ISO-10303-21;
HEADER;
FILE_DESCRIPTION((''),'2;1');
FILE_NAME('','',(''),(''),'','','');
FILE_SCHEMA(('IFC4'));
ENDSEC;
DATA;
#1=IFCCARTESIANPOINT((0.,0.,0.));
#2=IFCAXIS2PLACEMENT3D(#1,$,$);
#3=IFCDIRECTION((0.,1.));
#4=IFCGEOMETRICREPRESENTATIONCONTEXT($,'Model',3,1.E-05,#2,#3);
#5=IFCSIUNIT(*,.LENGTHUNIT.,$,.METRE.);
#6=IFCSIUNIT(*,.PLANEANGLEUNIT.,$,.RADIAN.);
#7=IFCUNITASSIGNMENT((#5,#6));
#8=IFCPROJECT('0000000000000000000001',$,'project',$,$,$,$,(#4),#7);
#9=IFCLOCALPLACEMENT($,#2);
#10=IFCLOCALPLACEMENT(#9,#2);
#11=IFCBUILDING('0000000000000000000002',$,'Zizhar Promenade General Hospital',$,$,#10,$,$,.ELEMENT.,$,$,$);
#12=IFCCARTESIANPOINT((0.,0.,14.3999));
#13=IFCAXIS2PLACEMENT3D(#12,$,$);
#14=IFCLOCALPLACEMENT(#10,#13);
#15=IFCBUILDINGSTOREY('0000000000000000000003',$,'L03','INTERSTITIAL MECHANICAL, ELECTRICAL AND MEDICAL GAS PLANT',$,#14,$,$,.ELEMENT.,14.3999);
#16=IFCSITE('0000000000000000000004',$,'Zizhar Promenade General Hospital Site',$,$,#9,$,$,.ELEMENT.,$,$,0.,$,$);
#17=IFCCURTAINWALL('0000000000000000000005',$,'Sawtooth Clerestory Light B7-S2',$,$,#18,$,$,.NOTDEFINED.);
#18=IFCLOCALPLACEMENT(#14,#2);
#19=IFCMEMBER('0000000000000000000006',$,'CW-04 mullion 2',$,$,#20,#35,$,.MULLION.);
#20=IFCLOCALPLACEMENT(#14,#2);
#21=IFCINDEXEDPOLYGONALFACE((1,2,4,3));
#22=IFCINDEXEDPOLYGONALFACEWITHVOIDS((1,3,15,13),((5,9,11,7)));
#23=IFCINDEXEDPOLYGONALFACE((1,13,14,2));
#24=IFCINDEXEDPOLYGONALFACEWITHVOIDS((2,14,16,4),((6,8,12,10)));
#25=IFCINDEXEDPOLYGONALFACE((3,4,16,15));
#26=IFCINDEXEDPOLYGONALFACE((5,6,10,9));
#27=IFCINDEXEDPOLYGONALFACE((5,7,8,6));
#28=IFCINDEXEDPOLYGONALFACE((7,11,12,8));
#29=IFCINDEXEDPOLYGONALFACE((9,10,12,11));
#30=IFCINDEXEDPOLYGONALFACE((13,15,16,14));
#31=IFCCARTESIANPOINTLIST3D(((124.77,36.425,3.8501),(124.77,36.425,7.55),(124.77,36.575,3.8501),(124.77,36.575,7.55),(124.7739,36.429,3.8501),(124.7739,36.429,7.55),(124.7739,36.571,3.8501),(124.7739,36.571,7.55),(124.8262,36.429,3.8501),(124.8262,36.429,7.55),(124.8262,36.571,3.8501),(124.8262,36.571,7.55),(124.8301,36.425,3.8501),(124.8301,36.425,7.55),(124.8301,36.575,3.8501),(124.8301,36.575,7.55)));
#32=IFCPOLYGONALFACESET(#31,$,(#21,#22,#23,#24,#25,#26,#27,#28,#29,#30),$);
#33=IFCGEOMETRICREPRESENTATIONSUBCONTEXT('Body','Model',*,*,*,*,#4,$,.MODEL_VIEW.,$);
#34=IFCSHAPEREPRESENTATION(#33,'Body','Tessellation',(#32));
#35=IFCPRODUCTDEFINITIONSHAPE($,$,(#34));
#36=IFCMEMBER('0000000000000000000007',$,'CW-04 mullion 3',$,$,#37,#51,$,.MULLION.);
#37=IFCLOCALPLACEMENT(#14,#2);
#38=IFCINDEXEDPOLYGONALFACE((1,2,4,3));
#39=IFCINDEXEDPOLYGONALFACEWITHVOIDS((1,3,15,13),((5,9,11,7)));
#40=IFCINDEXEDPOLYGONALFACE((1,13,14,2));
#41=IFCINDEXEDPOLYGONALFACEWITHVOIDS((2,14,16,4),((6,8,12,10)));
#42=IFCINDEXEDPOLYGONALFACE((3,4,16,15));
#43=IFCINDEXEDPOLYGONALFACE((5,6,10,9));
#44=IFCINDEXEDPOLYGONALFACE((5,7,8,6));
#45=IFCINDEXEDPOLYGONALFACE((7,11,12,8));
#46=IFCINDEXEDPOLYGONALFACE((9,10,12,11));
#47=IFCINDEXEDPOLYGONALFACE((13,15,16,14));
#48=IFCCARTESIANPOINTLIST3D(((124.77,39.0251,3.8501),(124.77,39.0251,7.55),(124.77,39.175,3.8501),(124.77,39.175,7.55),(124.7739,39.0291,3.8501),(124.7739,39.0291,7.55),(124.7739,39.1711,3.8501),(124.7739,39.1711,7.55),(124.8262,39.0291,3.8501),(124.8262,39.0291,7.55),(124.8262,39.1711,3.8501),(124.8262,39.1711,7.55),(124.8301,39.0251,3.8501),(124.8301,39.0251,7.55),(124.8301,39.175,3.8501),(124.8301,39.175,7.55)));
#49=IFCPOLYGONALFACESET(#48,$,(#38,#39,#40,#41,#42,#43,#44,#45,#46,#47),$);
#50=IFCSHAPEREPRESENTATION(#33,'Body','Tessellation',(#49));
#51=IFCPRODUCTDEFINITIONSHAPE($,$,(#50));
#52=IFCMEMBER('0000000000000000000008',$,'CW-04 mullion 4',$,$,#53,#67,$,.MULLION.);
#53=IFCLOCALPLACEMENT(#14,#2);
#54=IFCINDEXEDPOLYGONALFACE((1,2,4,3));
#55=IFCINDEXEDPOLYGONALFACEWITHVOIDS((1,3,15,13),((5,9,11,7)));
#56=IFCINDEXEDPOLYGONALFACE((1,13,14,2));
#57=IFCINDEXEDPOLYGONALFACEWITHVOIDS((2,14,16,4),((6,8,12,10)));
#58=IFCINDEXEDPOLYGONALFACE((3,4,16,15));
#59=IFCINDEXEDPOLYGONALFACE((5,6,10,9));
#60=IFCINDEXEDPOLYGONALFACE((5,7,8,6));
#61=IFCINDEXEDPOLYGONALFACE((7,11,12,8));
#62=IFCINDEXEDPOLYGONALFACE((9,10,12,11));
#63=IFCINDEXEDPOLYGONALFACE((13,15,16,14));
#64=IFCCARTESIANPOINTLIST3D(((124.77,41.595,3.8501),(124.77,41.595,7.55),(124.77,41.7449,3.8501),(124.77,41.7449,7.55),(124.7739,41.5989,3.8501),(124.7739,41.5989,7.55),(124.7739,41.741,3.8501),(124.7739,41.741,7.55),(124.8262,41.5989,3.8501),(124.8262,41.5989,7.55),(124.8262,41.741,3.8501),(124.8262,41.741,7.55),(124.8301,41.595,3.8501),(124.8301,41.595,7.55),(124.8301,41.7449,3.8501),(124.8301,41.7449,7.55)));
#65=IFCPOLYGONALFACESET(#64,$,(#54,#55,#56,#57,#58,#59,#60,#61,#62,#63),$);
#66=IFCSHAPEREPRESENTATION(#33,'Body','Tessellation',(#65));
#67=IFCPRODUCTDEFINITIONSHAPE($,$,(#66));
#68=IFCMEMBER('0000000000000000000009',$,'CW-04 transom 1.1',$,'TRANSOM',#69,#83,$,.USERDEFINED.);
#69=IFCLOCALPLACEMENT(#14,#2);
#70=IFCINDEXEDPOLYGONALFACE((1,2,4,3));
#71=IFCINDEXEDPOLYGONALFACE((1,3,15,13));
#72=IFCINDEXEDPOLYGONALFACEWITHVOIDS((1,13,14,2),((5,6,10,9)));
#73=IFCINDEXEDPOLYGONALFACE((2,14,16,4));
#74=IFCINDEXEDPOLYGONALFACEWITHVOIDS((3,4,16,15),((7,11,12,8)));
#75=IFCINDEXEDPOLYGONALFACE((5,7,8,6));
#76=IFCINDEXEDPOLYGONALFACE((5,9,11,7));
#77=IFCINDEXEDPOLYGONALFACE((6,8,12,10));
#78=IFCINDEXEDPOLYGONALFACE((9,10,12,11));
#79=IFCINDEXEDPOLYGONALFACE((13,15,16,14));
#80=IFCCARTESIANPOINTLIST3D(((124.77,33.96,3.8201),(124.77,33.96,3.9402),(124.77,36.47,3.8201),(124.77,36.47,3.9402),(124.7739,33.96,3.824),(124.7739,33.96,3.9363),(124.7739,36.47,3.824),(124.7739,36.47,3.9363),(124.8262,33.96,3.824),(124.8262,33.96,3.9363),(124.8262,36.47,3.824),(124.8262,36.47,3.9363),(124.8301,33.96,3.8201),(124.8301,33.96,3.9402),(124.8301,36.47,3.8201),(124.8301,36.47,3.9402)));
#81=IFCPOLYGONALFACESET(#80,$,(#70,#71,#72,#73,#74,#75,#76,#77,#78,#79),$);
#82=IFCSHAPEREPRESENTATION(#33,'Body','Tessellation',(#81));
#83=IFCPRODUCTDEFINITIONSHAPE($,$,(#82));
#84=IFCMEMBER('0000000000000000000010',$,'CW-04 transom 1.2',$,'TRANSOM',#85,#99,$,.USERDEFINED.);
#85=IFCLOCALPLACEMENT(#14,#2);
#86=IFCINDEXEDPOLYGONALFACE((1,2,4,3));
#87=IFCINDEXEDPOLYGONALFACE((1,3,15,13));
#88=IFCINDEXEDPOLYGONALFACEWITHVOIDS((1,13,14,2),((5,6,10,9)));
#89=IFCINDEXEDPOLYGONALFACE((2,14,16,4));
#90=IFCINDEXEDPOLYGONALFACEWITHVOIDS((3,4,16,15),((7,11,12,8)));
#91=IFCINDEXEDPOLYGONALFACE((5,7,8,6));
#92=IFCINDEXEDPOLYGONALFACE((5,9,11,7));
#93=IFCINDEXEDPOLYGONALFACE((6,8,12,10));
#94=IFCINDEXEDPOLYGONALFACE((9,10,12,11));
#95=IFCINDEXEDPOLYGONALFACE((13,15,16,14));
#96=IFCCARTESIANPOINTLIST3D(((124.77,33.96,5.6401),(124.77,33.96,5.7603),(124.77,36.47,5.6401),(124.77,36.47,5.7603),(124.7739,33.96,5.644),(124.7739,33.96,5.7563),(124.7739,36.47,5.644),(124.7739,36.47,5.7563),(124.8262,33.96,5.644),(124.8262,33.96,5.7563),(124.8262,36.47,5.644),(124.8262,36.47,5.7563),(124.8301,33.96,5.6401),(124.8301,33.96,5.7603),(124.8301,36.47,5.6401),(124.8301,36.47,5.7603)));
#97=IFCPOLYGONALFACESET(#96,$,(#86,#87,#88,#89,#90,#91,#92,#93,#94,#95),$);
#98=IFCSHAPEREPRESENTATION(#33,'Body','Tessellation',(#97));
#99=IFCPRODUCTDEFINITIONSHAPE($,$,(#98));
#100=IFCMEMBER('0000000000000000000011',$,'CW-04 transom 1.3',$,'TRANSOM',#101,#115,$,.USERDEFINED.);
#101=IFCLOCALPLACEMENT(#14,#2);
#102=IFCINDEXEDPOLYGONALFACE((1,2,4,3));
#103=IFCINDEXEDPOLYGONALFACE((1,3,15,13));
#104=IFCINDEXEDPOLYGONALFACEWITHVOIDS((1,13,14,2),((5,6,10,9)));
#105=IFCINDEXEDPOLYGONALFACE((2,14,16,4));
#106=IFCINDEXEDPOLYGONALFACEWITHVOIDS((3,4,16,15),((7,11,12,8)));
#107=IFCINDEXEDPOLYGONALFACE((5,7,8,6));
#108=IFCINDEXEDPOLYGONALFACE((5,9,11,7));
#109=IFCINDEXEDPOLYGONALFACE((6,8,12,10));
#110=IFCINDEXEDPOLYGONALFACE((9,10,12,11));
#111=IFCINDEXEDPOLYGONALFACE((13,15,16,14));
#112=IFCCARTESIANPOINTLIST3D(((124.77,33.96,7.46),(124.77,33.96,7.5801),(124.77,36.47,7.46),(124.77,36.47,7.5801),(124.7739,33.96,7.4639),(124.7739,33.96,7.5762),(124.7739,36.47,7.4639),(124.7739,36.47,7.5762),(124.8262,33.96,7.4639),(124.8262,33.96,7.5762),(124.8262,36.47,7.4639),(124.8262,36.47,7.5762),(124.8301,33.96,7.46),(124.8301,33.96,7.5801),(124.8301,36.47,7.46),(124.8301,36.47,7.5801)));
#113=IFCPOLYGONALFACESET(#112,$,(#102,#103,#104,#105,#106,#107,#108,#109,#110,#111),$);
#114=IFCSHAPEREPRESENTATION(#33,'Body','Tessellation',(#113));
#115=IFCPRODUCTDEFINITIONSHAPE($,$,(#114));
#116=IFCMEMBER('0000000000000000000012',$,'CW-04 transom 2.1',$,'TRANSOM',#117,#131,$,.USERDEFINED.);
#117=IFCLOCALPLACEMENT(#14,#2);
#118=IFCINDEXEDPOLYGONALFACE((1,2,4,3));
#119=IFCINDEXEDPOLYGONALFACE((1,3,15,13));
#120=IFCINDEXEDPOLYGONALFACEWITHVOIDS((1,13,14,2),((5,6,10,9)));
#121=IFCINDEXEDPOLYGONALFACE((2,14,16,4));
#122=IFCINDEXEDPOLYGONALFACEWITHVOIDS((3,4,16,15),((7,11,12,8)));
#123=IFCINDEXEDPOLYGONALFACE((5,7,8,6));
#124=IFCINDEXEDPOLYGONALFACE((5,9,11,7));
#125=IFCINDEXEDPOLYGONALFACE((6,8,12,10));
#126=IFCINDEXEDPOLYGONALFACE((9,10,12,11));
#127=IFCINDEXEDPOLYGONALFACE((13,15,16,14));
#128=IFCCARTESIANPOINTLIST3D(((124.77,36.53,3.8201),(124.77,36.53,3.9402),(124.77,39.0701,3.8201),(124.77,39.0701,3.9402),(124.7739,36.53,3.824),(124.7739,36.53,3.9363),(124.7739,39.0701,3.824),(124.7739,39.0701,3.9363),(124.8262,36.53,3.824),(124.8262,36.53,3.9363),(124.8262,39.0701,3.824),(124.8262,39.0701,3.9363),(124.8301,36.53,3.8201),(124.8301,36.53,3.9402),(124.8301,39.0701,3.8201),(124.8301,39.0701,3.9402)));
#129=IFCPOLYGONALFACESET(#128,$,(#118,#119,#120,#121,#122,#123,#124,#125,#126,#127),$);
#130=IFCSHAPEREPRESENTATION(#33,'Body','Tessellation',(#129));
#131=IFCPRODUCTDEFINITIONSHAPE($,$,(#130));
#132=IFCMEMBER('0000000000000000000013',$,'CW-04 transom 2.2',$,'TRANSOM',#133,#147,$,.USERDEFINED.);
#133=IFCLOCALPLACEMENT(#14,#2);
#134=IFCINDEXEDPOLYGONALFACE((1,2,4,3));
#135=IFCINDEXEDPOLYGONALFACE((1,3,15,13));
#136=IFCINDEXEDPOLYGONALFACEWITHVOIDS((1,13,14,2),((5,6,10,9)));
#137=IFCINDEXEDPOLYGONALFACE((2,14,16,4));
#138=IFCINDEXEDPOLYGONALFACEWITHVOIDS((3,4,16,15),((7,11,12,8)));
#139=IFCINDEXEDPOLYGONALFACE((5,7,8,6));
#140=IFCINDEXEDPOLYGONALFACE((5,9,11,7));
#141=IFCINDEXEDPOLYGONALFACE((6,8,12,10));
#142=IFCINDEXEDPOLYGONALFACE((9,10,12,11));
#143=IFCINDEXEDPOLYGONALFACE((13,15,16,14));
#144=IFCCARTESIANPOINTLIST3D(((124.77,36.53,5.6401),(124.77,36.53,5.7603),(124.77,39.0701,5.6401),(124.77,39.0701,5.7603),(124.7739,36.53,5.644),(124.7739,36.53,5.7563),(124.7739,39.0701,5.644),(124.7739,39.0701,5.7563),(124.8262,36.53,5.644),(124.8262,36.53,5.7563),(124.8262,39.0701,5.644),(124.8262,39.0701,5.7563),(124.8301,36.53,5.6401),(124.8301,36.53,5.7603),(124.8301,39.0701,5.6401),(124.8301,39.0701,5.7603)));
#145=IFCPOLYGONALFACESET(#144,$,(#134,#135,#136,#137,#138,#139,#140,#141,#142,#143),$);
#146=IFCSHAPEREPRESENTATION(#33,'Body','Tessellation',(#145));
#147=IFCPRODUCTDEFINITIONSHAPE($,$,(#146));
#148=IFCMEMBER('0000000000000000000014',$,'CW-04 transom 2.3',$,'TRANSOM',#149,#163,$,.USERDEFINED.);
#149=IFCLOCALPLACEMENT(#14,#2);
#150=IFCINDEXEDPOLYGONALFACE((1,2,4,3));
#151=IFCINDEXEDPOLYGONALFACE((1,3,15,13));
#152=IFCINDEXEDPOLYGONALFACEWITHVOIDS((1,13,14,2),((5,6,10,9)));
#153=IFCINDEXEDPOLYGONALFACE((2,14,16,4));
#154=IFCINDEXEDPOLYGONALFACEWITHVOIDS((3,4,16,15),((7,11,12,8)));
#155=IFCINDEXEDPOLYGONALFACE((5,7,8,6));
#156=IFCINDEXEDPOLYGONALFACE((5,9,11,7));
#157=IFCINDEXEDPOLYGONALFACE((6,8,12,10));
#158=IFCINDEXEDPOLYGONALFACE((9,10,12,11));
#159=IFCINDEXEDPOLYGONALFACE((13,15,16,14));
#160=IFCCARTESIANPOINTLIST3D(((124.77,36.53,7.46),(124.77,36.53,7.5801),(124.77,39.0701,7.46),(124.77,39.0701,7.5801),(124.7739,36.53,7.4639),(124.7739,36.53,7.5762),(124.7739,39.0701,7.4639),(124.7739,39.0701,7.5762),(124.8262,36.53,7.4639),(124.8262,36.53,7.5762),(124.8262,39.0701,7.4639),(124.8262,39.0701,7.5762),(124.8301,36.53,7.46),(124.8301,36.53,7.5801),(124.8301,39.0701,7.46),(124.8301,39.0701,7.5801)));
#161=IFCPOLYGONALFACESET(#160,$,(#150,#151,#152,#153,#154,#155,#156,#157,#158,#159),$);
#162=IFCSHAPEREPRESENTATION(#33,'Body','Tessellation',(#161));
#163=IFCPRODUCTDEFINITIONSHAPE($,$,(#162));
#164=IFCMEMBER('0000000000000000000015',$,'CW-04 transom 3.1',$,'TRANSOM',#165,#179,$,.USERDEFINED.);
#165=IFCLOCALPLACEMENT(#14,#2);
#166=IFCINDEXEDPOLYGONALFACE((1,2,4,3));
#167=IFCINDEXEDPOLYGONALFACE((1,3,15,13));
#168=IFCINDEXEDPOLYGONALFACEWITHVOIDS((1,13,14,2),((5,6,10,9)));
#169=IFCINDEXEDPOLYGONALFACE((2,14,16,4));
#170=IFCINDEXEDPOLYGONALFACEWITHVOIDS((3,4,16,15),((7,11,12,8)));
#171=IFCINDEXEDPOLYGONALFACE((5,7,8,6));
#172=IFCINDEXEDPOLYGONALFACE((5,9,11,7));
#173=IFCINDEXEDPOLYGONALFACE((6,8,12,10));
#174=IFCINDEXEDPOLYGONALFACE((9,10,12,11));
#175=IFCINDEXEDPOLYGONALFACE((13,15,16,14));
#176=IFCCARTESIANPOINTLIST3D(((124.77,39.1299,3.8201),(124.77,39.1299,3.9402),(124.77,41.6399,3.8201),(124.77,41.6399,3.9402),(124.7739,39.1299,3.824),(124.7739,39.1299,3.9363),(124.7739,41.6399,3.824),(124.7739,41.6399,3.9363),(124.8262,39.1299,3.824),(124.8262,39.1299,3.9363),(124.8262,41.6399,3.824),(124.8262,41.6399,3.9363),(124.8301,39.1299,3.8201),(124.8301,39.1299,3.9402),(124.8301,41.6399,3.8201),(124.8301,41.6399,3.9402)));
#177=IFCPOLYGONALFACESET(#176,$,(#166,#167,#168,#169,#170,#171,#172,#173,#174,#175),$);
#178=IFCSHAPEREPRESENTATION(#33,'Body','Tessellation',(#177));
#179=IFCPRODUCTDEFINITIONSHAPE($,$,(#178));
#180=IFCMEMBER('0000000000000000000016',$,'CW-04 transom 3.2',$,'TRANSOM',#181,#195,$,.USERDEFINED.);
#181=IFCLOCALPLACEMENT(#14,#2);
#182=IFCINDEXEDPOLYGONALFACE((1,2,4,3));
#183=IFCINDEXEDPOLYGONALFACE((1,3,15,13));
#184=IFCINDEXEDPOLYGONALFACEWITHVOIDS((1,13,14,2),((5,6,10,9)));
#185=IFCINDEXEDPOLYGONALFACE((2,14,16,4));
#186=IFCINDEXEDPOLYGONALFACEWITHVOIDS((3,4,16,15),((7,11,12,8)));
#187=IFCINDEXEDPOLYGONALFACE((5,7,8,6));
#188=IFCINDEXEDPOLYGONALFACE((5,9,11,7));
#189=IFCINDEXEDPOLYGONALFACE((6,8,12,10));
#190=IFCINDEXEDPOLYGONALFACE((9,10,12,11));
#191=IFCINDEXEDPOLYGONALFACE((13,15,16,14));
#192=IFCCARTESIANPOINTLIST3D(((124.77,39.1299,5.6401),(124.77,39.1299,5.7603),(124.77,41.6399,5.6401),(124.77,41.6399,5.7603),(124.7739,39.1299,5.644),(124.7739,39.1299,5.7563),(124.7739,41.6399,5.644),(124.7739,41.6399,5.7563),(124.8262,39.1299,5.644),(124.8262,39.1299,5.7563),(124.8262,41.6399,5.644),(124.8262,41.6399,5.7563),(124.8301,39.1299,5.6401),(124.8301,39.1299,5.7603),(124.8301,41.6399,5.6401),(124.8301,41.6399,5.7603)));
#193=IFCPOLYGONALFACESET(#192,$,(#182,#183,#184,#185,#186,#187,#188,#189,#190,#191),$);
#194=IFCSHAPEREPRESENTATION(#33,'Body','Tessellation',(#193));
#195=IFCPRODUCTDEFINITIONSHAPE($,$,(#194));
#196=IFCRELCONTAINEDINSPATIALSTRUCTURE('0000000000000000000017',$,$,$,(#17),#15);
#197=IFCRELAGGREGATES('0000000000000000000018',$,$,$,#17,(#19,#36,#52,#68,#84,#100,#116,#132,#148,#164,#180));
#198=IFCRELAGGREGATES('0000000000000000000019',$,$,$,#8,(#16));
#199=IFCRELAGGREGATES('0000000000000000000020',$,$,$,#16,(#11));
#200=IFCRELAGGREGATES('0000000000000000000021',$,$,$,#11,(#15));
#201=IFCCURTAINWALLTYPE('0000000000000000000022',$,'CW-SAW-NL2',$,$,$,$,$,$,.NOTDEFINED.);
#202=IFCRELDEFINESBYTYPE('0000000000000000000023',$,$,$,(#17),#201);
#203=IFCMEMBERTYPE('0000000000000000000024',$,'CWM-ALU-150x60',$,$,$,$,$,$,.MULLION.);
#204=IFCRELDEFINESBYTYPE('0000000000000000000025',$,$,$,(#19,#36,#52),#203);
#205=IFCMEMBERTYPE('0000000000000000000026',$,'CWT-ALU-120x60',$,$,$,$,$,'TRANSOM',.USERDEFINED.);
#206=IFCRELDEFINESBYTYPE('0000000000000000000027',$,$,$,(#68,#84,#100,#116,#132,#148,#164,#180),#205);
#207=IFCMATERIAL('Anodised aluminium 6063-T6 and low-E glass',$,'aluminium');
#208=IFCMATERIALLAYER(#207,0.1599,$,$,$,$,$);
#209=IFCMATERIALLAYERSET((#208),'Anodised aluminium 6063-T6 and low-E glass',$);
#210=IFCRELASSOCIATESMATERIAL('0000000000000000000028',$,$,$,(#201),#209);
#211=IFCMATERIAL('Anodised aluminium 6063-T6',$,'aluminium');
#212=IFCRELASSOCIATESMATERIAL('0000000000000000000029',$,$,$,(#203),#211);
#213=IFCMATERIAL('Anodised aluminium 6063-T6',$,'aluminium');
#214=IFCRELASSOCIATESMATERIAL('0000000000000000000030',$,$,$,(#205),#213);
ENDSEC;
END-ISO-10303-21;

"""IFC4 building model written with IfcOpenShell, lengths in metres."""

from ifc_helpers import new_model, si_unit, direction, frame, origin, origin_2d, place, context, subcontext, project, spatial, hollow_rectangle, extrude, material, layer, layer_set, material_profile, profile_set, type_object, element, aggregate, save


model = new_model("IFC4")

# Units and contexts
model_context = context("Model", 3, precision=1e-05, world=origin(), true_north=direction((0.0, 1.0)))
body_context = subcontext(model_context, "Body", "Model", "MODEL_VIEW")
ifc_project = project(units=[si_unit("LENGTHUNIT", "METRE"), si_unit("PLANEANGLEUNIT", "RADIAN")], contexts=[model_context])

# Site, building, storey
site_placement = place(None, origin())
site = spatial("IfcSite", under=ifc_project, at=site_placement, Name="Zizhar Promenade General Hospital Site", CompositionType="ELEMENT", RefElevation=0.0)
building_placement = place(site_placement, origin())
building = spatial("IfcBuilding", under=site, at=building_placement, Name="Zizhar Promenade General Hospital", CompositionType="ELEMENT")
storey_placement = place(building_placement, frame((0.0, 0.0, 14.3999)))
storey = spatial("IfcBuildingStorey", under=building, at=storey_placement, Name="L03", Description="INTERSTITIAL MECHANICAL, ELECTRICAL AND MEDICAL GAS PLANT", CompositionType="ELEMENT", Elevation=14.3999)

# Curtain wall, members
ifc_material_1 = material(Name="Anodised aluminium 6063-T6 and low-E glass", Category="aluminium")
ifc_layer_1 = layer(ifc_material_1, 0.1599)
ifc_layer_set_1 = layer_set([ifc_layer_1], Name="Anodised aluminium 6063-T6 and low-E glass")
curtain_wall_type = type_object("IfcCurtainWallType", Name="CW-SAW-NL2", PredefinedType="NOTDEFINED", material=ifc_layer_set_1)
curtain_wall_placement = place(storey_placement, origin())
curtain_wall = element("IfcCurtainWall", 1, at=curtain_wall_placement, inside=storey, type_object=curtain_wall_type, Name="Sawtooth Clerestory Light B7-S2", PredefinedType="NOTDEFINED")
ifc_material_2 = material(Name="Anodised aluminium 6063-T6", Category="aluminium")
ifc_material_profile_1 = material_profile(ifc_material_2, hollow_rectangle(XDim=0.0601, YDim=0.1499, WallThickness=0.0039, at=origin_2d()))
ifc_profile_set_1 = profile_set([ifc_material_profile_1], Name="Anodised aluminium 6063-T6")
member_type_1 = type_object("IfcMemberType", Name="CWM-ALU-150x60", PredefinedType="MULLION", material=ifc_profile_set_1)
member_1_placement = place(storey_placement, frame((124.8, 36.5, 3.8501), z_axis=(0.0, 0.0, 1.0), x_axis=(-1.0, 0.0, 0.0)))
member_1 = element("IfcMember", 2, at=member_1_placement, type_object=member_type_1, Name="CW-04 mullion 2", PredefinedType="MULLION", context=body_context, shape_type="SweptSolid", body=[
    extrude(hollow_rectangle(XDim=0.0601, YDim=0.1499, WallThickness=0.0039, at=origin_2d()), origin(), (0.0, 0.0, 1.0), 3.7),
])
member_2_placement = place(storey_placement, frame((124.8, 39.1001, 3.8501), z_axis=(0.0, 0.0, 1.0), x_axis=(-1.0, 0.0, 0.0)))
member_2 = element("IfcMember", 3, at=member_2_placement, type_object=member_type_1, Name="CW-04 mullion 3", PredefinedType="MULLION", context=body_context, shape_type="SweptSolid", body=[
    extrude(hollow_rectangle(XDim=0.0601, YDim=0.1499, WallThickness=0.0039, at=origin_2d()), origin(), (0.0, 0.0, 1.0), 3.7),
])
member_3_placement = place(storey_placement, frame((124.8, 41.6699, 3.8501), z_axis=(0.0, 0.0, 1.0), x_axis=(-1.0, 0.0, 0.0)))
member_3 = element("IfcMember", 4, at=member_3_placement, type_object=member_type_1, Name="CW-04 mullion 4", PredefinedType="MULLION", context=body_context, shape_type="SweptSolid", body=[
    extrude(hollow_rectangle(XDim=0.0601, YDim=0.1499, WallThickness=0.0039, at=origin_2d()), origin(), (0.0, 0.0, 1.0), 3.7),
])
ifc_material_3 = material(Name="Anodised aluminium 6063-T6", Category="aluminium")
ifc_material_profile_2 = material_profile(ifc_material_3, hollow_rectangle(XDim=0.0601, YDim=0.1201, WallThickness=0.0039, at=origin_2d()))
ifc_profile_set_2 = profile_set([ifc_material_profile_2], Name="Anodised aluminium 6063-T6")
member_type_2 = type_object("IfcMemberType", Name="CWT-ALU-120x60", ElementType="TRANSOM", PredefinedType="USERDEFINED", material=ifc_profile_set_2)
member_4_placement = place(storey_placement, frame((124.8, 33.96, 3.8801), z_axis=(0.0, 1.0, 0.0), x_axis=(-1.0, 0.0, 0.0)))
member_4 = element("IfcMember", 5, at=member_4_placement, type_object=member_type_2, Name="CW-04 transom 1.1", ObjectType="TRANSOM", PredefinedType="USERDEFINED", context=body_context, shape_type="SweptSolid", body=[
    extrude(hollow_rectangle(XDim=0.0601, YDim=0.1201, WallThickness=0.0039, at=origin_2d()), origin(), (0.0, 0.0, 1.0), 2.51),
])
member_5_placement = place(storey_placement, frame((124.8, 33.96, 5.7002), z_axis=(0.0, 1.0, 0.0), x_axis=(-1.0, 0.0, 0.0)))
member_5 = element("IfcMember", 6, at=member_5_placement, type_object=member_type_2, Name="CW-04 transom 1.2", ObjectType="TRANSOM", PredefinedType="USERDEFINED", context=body_context, shape_type="SweptSolid", body=[
    extrude(hollow_rectangle(XDim=0.0601, YDim=0.1201, WallThickness=0.0039, at=origin_2d()), origin(), (0.0, 0.0, 1.0), 2.51),
])
member_6_placement = place(storey_placement, frame((124.8, 33.96, 7.52), z_axis=(0.0, 1.0, 0.0), x_axis=(-1.0, 0.0, 0.0)))
member_6 = element("IfcMember", 7, at=member_6_placement, type_object=member_type_2, Name="CW-04 transom 1.3", ObjectType="TRANSOM", PredefinedType="USERDEFINED", context=body_context, shape_type="SweptSolid", body=[
    extrude(hollow_rectangle(XDim=0.0601, YDim=0.1201, WallThickness=0.0039, at=origin_2d()), origin(), (0.0, 0.0, 1.0), 2.51),
])
member_7_placement = place(storey_placement, frame((124.8, 36.53, 3.8801), z_axis=(0.0, 1.0, 0.0), x_axis=(-1.0, 0.0, 0.0)))
member_7 = element("IfcMember", 8, at=member_7_placement, type_object=member_type_2, Name="CW-04 transom 2.1", ObjectType="TRANSOM", PredefinedType="USERDEFINED", context=body_context, shape_type="SweptSolid", body=[
    extrude(hollow_rectangle(XDim=0.0601, YDim=0.1201, WallThickness=0.0039, at=origin_2d()), origin(), (0.0, 0.0, 1.0), 2.54),
])
member_8_placement = place(storey_placement, frame((124.8, 36.53, 5.7002), z_axis=(0.0, 1.0, 0.0), x_axis=(-1.0, 0.0, 0.0)))
member_8 = element("IfcMember", 9, at=member_8_placement, type_object=member_type_2, Name="CW-04 transom 2.2", ObjectType="TRANSOM", PredefinedType="USERDEFINED", context=body_context, shape_type="SweptSolid", body=[
    extrude(hollow_rectangle(XDim=0.0601, YDim=0.1201, WallThickness=0.0039, at=origin_2d()), origin(), (0.0, 0.0, 1.0), 2.54),
])
member_9_placement = place(storey_placement, frame((124.8, 36.53, 7.52), z_axis=(0.0, 1.0, 0.0), x_axis=(-1.0, 0.0, 0.0)))
member_9 = element("IfcMember", 10, at=member_9_placement, type_object=member_type_2, Name="CW-04 transom 2.3", ObjectType="TRANSOM", PredefinedType="USERDEFINED", context=body_context, shape_type="SweptSolid", body=[
    extrude(hollow_rectangle(XDim=0.0601, YDim=0.1201, WallThickness=0.0039, at=origin_2d()), origin(), (0.0, 0.0, 1.0), 2.54),
])
member_10_placement = place(storey_placement, frame((124.8, 39.1299, 3.8801), z_axis=(0.0, 1.0, 0.0), x_axis=(-1.0, 0.0, 0.0)))
member_10 = element("IfcMember", 11, at=member_10_placement, type_object=member_type_2, Name="CW-04 transom 3.1", ObjectType="TRANSOM", PredefinedType="USERDEFINED", context=body_context, shape_type="SweptSolid", body=[
    extrude(hollow_rectangle(XDim=0.0601, YDim=0.1201, WallThickness=0.0039, at=origin_2d()), origin(), (0.0, 0.0, 1.0), 2.51),
])
member_11_placement = place(storey_placement, frame((124.8, 39.1299, 5.7002), z_axis=(0.0, 1.0, 0.0), x_axis=(-1.0, 0.0, 0.0)))
member_11 = element("IfcMember", 12, at=member_11_placement, type_object=member_type_2, Name="CW-04 transom 3.2", ObjectType="TRANSOM", PredefinedType="USERDEFINED", context=body_context, shape_type="SweptSolid", body=[
    extrude(hollow_rectangle(XDim=0.0601, YDim=0.1201, WallThickness=0.0039, at=origin_2d()), origin(), (0.0, 0.0, 1.0), 2.51),
])

aggregate(curtain_wall, [member_1, member_2, member_3, member_4, member_5, member_6, member_7, member_8, member_9, member_10, member_11])

save(model, "model.ifc")
